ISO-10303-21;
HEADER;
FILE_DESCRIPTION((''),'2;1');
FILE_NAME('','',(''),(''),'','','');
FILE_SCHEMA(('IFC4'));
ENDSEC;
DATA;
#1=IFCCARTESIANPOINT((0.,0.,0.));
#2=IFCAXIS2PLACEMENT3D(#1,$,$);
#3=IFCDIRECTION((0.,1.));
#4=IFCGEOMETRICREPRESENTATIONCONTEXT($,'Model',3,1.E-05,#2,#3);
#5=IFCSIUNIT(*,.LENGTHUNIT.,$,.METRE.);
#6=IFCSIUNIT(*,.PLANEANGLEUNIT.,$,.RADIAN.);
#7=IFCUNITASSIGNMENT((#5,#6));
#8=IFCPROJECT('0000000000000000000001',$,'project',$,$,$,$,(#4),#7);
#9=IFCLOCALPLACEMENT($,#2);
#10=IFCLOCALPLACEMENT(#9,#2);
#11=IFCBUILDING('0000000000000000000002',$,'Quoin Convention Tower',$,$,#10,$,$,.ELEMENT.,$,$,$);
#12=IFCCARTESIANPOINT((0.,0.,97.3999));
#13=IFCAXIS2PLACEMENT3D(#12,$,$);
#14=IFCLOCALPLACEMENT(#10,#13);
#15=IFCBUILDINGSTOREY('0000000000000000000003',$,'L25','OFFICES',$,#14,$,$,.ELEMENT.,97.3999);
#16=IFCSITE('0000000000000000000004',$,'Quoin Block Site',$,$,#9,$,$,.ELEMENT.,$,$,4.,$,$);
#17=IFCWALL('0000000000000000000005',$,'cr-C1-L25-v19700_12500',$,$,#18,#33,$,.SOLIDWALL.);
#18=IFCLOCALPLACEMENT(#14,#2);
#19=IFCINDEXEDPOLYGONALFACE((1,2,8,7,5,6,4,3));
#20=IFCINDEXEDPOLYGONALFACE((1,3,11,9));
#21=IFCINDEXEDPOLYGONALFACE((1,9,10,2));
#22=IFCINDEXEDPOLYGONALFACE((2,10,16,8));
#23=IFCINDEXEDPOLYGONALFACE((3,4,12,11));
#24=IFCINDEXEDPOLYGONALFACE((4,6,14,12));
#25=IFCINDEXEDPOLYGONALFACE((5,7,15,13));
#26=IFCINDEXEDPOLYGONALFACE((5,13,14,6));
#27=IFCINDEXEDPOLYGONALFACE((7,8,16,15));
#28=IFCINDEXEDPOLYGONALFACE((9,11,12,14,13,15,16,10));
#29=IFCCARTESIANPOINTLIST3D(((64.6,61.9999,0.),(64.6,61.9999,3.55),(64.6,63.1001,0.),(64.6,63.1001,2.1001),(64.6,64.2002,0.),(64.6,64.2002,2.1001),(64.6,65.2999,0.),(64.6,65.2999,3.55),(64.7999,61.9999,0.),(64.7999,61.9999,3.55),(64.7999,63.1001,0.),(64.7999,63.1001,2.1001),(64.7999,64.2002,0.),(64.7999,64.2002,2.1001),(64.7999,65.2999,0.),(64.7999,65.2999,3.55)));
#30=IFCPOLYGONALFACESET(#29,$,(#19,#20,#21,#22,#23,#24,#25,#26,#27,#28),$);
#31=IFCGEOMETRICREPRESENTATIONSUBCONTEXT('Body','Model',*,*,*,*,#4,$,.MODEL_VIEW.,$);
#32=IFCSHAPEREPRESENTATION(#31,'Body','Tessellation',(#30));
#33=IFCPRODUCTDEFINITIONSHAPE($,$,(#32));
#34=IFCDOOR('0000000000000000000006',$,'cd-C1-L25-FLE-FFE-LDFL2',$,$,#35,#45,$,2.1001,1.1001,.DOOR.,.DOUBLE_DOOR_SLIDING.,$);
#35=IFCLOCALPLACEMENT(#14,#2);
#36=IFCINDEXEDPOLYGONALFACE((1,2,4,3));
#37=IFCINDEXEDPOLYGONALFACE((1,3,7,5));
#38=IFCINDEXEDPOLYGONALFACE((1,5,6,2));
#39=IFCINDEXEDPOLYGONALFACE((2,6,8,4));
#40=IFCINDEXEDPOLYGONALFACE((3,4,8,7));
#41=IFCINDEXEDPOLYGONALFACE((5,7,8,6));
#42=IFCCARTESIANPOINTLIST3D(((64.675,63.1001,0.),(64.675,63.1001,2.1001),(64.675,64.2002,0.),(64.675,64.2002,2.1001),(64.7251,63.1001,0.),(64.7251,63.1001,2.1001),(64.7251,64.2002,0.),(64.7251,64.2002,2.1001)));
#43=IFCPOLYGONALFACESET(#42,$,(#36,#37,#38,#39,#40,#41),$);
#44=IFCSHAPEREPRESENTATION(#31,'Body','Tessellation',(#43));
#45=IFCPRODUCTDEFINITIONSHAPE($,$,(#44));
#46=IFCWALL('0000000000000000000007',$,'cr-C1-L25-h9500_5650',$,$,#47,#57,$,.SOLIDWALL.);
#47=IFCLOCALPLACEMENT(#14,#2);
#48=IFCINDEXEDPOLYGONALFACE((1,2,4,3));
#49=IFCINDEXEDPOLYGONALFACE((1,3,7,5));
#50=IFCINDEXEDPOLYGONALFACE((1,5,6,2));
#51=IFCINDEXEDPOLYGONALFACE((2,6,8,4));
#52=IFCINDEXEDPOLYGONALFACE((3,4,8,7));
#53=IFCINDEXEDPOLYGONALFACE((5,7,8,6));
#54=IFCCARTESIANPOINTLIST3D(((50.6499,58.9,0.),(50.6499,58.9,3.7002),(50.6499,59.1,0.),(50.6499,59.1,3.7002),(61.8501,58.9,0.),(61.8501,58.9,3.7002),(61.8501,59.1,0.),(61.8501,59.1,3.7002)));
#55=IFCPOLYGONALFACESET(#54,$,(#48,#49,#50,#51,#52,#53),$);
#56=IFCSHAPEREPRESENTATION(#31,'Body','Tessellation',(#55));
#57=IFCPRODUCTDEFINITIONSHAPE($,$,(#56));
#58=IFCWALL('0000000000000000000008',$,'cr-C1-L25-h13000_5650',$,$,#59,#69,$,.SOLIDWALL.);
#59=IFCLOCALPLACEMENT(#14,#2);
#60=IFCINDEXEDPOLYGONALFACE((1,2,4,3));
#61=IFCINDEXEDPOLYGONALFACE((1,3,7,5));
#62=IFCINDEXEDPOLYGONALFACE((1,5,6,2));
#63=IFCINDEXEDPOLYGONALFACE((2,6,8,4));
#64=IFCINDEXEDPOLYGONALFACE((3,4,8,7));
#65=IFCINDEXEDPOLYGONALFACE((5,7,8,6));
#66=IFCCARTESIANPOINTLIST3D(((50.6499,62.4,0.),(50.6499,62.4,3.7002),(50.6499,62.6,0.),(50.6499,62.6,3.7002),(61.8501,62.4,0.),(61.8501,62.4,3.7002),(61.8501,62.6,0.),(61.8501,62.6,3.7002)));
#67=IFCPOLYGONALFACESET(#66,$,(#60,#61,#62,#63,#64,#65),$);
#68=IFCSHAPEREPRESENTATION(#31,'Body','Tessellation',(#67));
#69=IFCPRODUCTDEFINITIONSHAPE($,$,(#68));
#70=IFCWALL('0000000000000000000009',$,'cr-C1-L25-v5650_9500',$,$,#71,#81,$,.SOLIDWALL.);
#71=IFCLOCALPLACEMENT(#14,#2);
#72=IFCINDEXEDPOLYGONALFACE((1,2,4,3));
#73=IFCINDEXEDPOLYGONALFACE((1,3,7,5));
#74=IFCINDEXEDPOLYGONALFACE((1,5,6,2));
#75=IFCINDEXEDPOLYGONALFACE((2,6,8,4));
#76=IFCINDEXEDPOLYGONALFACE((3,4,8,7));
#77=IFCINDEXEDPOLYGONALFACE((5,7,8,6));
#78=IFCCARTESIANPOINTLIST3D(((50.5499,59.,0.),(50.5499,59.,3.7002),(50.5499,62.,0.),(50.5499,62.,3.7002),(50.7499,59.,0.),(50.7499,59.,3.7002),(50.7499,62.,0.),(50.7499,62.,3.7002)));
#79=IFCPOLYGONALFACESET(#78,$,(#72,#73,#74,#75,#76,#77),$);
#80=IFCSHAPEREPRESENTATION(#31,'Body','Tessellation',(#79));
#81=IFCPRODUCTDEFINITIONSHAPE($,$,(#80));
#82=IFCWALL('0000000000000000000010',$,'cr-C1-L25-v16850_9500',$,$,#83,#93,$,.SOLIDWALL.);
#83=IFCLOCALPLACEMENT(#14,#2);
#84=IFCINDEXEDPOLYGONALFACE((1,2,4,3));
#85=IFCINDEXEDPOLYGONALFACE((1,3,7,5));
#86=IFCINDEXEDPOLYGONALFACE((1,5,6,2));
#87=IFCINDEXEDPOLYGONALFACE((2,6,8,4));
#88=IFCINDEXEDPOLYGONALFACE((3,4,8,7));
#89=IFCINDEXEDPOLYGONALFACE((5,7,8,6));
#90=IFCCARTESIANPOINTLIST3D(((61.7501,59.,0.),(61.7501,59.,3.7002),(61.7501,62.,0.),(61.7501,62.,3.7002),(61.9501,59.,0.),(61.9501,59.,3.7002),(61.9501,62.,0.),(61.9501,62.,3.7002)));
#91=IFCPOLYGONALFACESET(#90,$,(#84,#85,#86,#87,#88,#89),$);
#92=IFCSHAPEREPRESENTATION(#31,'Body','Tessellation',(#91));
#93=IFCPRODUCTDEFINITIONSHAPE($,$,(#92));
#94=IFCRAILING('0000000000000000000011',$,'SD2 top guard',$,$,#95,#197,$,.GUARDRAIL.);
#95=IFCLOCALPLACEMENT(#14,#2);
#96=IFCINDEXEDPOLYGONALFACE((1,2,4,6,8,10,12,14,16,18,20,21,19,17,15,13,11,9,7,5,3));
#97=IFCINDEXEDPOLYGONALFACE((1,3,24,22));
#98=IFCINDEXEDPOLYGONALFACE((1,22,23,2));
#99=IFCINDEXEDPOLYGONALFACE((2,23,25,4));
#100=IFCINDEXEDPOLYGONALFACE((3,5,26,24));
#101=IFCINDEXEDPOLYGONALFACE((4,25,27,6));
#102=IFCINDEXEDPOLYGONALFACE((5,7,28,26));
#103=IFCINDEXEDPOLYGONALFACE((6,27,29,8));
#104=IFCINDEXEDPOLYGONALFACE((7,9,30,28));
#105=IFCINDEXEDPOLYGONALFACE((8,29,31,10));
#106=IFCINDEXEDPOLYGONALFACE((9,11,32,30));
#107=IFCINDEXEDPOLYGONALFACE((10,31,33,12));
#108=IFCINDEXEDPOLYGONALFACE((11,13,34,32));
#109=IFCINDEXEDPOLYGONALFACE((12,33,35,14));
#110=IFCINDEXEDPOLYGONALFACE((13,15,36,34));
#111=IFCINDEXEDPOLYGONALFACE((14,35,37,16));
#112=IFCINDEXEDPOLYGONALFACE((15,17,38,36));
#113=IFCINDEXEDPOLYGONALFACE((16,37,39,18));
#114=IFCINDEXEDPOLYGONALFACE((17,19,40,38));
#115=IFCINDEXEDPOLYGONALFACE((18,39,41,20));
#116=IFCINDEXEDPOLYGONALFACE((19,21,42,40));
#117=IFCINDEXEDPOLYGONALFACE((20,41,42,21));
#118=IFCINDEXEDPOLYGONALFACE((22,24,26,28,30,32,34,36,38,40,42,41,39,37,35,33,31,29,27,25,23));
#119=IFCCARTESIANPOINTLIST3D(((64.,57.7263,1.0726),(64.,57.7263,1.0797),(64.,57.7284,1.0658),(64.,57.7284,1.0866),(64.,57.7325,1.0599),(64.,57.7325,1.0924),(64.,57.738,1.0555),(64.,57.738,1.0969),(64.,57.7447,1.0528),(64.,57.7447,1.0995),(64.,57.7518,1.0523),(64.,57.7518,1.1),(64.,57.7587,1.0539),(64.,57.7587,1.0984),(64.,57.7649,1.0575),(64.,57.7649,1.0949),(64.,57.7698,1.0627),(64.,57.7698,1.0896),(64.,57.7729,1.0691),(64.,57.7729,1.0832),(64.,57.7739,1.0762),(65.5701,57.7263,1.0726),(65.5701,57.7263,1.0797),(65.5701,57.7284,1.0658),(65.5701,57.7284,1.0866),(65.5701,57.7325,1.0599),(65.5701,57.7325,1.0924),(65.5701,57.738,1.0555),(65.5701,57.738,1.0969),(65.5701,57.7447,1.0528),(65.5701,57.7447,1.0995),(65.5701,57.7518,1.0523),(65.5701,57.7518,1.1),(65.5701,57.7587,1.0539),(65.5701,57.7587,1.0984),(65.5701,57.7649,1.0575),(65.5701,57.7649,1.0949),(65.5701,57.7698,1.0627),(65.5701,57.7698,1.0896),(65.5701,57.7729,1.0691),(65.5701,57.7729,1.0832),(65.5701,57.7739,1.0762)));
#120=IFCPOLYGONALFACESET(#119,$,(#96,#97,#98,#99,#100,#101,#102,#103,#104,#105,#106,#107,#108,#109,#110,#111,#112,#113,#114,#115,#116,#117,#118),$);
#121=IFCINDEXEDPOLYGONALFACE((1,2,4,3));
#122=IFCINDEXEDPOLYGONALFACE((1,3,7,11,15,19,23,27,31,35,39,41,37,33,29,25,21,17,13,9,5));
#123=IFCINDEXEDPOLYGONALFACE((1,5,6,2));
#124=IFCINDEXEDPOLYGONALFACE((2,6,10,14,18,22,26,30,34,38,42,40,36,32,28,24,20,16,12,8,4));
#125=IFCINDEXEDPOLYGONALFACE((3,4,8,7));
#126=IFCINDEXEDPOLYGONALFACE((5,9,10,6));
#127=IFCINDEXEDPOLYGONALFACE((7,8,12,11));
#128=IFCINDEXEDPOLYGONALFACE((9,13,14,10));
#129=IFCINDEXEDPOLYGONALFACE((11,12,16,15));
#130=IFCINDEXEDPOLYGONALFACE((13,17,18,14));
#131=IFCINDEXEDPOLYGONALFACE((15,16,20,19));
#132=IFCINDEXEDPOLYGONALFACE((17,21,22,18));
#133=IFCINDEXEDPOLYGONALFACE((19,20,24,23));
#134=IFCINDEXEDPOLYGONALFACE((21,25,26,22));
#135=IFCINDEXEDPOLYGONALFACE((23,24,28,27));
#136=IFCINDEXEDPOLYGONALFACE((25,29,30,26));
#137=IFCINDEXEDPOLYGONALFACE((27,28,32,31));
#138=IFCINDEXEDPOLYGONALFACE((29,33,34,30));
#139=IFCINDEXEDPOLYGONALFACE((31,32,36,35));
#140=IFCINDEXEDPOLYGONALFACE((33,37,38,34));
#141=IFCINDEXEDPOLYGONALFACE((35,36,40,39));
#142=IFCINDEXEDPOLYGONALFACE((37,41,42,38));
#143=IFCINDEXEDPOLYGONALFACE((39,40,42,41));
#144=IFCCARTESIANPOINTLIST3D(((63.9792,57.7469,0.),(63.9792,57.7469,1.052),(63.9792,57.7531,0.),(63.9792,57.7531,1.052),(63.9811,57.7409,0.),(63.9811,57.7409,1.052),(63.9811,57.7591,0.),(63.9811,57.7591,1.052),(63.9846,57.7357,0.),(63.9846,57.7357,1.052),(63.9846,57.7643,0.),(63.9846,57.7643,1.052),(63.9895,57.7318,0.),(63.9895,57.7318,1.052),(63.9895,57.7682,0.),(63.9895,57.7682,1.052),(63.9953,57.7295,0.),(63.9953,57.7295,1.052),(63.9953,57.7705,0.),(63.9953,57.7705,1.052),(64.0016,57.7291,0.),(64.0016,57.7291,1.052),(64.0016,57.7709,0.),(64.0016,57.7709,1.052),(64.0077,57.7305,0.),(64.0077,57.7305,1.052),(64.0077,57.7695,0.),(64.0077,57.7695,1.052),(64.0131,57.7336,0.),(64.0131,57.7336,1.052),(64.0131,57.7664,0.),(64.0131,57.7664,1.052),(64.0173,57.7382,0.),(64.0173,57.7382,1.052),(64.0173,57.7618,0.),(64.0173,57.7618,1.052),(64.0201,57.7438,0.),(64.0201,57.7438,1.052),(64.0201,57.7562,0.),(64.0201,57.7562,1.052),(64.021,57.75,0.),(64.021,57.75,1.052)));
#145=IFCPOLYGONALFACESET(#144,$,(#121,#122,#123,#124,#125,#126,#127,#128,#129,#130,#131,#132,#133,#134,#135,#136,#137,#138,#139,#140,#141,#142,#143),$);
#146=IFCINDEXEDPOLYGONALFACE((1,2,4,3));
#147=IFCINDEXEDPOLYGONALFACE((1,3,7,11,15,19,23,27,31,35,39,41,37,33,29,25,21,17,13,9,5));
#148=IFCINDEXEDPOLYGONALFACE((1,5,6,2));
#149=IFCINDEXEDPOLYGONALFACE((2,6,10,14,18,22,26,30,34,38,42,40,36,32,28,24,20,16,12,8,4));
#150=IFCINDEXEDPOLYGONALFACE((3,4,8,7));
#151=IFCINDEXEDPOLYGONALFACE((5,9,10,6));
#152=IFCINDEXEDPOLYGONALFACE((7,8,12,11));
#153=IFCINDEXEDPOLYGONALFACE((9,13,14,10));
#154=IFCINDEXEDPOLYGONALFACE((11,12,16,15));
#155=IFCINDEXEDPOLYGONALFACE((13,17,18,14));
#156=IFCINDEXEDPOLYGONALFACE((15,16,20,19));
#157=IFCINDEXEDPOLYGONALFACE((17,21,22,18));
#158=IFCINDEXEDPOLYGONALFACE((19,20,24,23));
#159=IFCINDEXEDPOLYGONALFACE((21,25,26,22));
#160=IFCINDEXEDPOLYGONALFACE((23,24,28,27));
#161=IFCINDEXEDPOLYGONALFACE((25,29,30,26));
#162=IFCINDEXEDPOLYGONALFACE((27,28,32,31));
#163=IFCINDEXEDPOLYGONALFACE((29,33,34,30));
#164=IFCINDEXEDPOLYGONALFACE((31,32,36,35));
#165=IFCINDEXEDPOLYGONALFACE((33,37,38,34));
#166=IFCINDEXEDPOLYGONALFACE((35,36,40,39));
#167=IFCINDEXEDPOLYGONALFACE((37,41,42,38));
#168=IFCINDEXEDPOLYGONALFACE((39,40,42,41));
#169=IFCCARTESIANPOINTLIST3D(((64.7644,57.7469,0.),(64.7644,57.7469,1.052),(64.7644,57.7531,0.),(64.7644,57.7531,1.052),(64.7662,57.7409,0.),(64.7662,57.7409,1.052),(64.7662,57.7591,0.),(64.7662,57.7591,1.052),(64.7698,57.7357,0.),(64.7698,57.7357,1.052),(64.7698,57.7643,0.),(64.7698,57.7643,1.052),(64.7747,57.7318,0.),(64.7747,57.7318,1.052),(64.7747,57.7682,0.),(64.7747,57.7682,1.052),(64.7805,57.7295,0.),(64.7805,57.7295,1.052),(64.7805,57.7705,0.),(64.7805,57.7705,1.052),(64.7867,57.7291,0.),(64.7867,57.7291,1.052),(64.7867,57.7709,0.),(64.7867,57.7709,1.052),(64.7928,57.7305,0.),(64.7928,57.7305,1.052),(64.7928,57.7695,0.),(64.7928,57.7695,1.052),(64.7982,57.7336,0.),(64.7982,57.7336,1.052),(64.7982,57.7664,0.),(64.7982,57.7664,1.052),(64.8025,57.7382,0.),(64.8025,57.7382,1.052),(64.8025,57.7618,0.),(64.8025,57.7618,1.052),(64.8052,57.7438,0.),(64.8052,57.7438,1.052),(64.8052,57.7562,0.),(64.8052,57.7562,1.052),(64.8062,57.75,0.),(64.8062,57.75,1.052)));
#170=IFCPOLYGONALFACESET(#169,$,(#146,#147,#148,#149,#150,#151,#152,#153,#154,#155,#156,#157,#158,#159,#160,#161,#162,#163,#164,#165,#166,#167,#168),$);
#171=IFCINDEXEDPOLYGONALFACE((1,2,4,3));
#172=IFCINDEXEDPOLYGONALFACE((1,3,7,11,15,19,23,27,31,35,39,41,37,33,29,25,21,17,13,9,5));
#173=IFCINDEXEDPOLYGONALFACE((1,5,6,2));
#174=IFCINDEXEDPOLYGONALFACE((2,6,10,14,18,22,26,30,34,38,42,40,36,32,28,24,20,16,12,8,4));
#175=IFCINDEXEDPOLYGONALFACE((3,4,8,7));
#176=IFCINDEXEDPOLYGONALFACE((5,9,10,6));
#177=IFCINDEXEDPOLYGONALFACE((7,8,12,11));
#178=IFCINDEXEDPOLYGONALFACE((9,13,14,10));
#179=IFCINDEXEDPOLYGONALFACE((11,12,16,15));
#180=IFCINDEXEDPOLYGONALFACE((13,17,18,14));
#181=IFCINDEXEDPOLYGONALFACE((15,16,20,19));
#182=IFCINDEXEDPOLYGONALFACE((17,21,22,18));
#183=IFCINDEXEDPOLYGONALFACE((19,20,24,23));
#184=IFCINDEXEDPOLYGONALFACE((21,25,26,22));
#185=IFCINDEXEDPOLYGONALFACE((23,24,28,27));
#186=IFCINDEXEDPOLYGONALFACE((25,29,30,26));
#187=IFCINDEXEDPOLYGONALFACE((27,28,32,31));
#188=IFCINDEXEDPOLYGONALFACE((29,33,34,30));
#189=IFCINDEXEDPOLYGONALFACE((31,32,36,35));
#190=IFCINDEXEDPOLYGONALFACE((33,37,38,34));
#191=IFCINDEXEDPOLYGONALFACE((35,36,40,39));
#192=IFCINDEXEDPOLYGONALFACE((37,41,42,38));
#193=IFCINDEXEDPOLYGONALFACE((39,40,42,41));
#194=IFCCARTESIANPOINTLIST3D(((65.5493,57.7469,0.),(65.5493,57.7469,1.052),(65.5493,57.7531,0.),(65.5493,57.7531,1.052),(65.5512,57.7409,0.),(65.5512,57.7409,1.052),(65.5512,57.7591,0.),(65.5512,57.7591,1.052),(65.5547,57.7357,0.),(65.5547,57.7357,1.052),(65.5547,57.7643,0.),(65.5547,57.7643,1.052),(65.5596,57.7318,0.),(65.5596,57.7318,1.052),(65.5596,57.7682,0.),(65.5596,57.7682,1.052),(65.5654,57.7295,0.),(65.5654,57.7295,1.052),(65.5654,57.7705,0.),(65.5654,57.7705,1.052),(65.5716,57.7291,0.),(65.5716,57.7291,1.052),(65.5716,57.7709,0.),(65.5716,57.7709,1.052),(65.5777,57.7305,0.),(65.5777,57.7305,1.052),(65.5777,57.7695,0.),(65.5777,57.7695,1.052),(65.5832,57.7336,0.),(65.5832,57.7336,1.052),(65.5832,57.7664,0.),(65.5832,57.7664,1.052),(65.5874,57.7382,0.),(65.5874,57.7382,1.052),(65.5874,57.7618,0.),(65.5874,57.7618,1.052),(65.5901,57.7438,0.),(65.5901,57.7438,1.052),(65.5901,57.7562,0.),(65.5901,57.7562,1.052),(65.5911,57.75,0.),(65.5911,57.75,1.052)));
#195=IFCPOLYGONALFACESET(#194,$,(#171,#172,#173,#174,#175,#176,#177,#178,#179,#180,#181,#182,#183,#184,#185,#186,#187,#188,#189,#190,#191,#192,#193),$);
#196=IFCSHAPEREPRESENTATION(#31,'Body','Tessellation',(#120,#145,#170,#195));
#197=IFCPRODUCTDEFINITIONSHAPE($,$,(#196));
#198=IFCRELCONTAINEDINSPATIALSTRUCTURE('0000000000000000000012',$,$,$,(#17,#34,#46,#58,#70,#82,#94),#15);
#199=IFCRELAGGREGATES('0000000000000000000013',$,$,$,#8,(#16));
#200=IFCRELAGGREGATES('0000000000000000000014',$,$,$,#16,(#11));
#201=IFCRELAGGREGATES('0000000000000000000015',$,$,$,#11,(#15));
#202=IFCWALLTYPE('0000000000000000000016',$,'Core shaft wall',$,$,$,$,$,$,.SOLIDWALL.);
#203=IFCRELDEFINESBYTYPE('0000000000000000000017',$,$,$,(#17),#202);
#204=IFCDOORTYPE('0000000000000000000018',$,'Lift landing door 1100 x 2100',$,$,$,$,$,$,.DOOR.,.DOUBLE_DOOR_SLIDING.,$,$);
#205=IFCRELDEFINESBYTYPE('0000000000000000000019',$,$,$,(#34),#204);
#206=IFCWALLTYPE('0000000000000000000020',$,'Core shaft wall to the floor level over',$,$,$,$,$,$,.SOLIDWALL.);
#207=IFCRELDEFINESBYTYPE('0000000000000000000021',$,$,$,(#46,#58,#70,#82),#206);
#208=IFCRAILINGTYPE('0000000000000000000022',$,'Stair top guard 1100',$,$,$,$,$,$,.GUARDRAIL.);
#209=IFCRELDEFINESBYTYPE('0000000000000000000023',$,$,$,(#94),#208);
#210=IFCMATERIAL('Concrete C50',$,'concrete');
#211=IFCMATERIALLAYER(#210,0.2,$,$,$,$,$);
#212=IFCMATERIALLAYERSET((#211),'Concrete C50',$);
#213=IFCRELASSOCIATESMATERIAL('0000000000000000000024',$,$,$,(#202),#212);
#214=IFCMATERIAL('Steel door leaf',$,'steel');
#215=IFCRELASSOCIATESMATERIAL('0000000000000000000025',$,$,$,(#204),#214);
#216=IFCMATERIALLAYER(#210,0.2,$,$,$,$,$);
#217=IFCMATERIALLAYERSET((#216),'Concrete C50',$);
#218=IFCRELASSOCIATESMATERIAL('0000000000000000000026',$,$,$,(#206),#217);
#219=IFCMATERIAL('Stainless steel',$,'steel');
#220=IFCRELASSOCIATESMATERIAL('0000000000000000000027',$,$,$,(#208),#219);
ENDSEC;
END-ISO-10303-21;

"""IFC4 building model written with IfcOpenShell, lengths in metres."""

from ifc_helpers import new_model, si_unit, direction, frame, frame_2d, origin, origin_2d, place, context, subcontext, project, spatial, rectangle, circle, extrude, material, layer, layer_set, type_object, element, fill, save


model = new_model("IFC4")

# Units and contexts
model_context = context("Model", 3, precision=1e-05, world=origin(), true_north=direction((0.0, 1.0)))
body_context = subcontext(model_context, "Body", "Model", "MODEL_VIEW")
ifc_project = project(units=[si_unit("LENGTHUNIT", "METRE"), si_unit("PLANEANGLEUNIT", "RADIAN")], contexts=[model_context])

# Site, building, storey
site_placement = place(None, origin())
site = spatial("IfcSite", under=ifc_project, at=site_placement, Name="Quoin Block Site", CompositionType="ELEMENT", RefElevation=4.0)
building_placement = place(site_placement, origin())
building = spatial("IfcBuilding", under=site, at=building_placement, Name="Quoin Convention Tower", CompositionType="ELEMENT")
storey_placement = place(building_placement, frame((0.0, 0.0, 97.3999)))
storey = spatial("IfcBuildingStorey", under=building, at=storey_placement, Name="L25", Description="OFFICES", CompositionType="ELEMENT", Elevation=97.3999)

# Shared definitions
ifc_material_1 = material(Name="Steel door leaf", Category="steel")

# Shared definitions
ifc_material_2 = material(Name="Concrete C50", Category="concrete")
ifc_layer_1 = layer(ifc_material_2, 0.2)
ifc_layer_set_1 = layer_set([ifc_layer_1], Name="Concrete C50")
wall_type_1 = type_object("IfcWallType", Name="Core shaft wall", PredefinedType="SOLIDWALL", material=ifc_layer_set_1)

# Wall, opening, door
wall_1_placement = place(storey_placement, frame((64.7, 62.0, 0.0), z_axis=(0.0, 0.0, 1.0), x_axis=(0.0, 1.0, 0.0)))
wall_1 = element("IfcWall", 1, at=wall_1_placement, inside=storey, type_object=wall_type_1, Name="cr-C1-L25-v19700_12500", PredefinedType="SOLIDWALL", context=body_context, shape_type="SweptSolid", body=[
    extrude(rectangle(XDim=3.3, YDim=0.2, at=frame_2d((1.6499, 0.0))), origin(), (0.0, 0.0, 1.0), 3.55),
])
opening_1_placement = place(wall_1_placement, frame((1.1001, 0.0, 0.0)))
opening_1 = element("IfcOpeningElement", 2, at=opening_1_placement, cuts=wall_1, PredefinedType="OPENING", context=body_context, shape_type="SweptSolid", body=[
    extrude(rectangle(XDim=1.1001, YDim=2.1001, at=frame_2d((0.55, 1.05))), frame((0.0, 0.1099, 0.0), z_axis=(0.0, -1.0, 0.0), x_axis=(1.0, 0.0, 0.0)), (0.0, 0.0, 1.0), 0.22),
])
door_type_1 = type_object("IfcDoorType", Name="Lift landing door 1100 x 2100", OperationType="DOUBLE_DOOR_SLIDING", PredefinedType="DOOR", material=ifc_material_1)
door_1_placement = place(opening_1_placement, origin())
door_1 = element("IfcDoor", 3, at=door_1_placement, inside=storey, type_object=door_type_1, Name="cd-C1-L25-FLE-FFE-LDFL2", OperationType="DOUBLE_DOOR_SLIDING", OverallHeight=2.1001, OverallWidth=1.1001, PredefinedType="DOOR", context=body_context, shape_type="SweptSolid", body=[
    extrude(rectangle(XDim=1.1001, YDim=2.1001, at=frame_2d((0.55, 1.05))), frame((0.0, 0.0249, 0.0), z_axis=(0.0, -1.0, 0.0), x_axis=(1.0, 0.0, 0.0)), (0.0, 0.0, 1.0), 0.05),
])
fill(opening_1, door_1)

# Walls
ifc_layer_2 = layer(ifc_material_2, 0.2)
ifc_layer_set_2 = layer_set([ifc_layer_2], Name="Concrete C50")
wall_type_2 = type_object("IfcWallType", Name="Core shaft wall to the floor level over", PredefinedType="SOLIDWALL", material=ifc_layer_set_2)
for number, where, z_axis, x_axis, name in (
    (4, (50.6499, 59.0, 0.0), (0.0, 0.0, 1.0), (1.0, 0.0, 0.0), "cr-C1-L25-h9500_5650"),
    (5, (50.6499, 62.5, 0.0), (0.0, 0.0, 1.0), (1.0, 0.0, 0.0), "cr-C1-L25-h13000_5650"),
):
    element("IfcWall", number, at=place(storey_placement, frame(where, z_axis=z_axis, x_axis=x_axis)), inside=storey, type_object=wall_type_2, Name=name, PredefinedType="SOLIDWALL", context=body_context, shape_type="SweptSolid", body=[
        extrude(rectangle(XDim=11.2002, YDim=0.2, at=frame_2d((5.6001, 0.0))), origin(), (0.0, 0.0, 1.0), 3.7002),
    ])
for number, where, z_axis, x_axis, name in (
    (6, (50.6499, 59.0, 0.0), (0.0, 0.0, 1.0), (0.0, 1.0, 0.0), "cr-C1-L25-v5650_9500"),
    (7, (61.8501, 59.0, 0.0), (0.0, 0.0, 1.0), (0.0, 1.0, 0.0), "cr-C1-L25-v16850_9500"),
):
    element("IfcWall", number, at=place(storey_placement, frame(where, z_axis=z_axis, x_axis=x_axis)), inside=storey, type_object=wall_type_2, Name=name, PredefinedType="SOLIDWALL", context=body_context, shape_type="SweptSolid", body=[
        extrude(rectangle(XDim=3.0, YDim=0.2, at=frame_2d((1.5, 0.0))), origin(), (0.0, 0.0, 1.0), 3.7002),
    ])

# Railing
ifc_material_3 = material(Name="Stainless steel", Category="steel")
railing_type = type_object("IfcRailingType", Name="Stair top guard 1100", PredefinedType="GUARDRAIL", material=ifc_material_3)
railing_placement = place(storey_placement, frame((64.0, 57.75, 0.0)))
element("IfcRailing", 8, at=railing_placement, inside=storey, type_object=railing_type, Name="SD2 top guard", PredefinedType="GUARDRAIL", context=body_context, shape_type="SweptSolid", body=[
    extrude(circle(Radius=0.0239, at=origin_2d()), frame((0.0, 0.0, 1.0762), z_axis=(1.0, 0.0, 0.0), x_axis=(0.0, 1.0, 0.0)), (0.0, 0.0, 1.0), 1.5701),
    extrude(circle(Radius=0.021, at=origin_2d()), origin(), (0.0, 0.0, 1.0), 1.052),
    extrude(circle(Radius=0.021, at=origin_2d()), frame((0.7852, 0.0, 0.0)), (0.0, 0.0, 1.0), 1.052),
    extrude(circle(Radius=0.021, at=origin_2d()), frame((1.5701, 0.0, 0.0)), (0.0, 0.0, 1.0), 1.052),
])

save(model, "model.ifc")
